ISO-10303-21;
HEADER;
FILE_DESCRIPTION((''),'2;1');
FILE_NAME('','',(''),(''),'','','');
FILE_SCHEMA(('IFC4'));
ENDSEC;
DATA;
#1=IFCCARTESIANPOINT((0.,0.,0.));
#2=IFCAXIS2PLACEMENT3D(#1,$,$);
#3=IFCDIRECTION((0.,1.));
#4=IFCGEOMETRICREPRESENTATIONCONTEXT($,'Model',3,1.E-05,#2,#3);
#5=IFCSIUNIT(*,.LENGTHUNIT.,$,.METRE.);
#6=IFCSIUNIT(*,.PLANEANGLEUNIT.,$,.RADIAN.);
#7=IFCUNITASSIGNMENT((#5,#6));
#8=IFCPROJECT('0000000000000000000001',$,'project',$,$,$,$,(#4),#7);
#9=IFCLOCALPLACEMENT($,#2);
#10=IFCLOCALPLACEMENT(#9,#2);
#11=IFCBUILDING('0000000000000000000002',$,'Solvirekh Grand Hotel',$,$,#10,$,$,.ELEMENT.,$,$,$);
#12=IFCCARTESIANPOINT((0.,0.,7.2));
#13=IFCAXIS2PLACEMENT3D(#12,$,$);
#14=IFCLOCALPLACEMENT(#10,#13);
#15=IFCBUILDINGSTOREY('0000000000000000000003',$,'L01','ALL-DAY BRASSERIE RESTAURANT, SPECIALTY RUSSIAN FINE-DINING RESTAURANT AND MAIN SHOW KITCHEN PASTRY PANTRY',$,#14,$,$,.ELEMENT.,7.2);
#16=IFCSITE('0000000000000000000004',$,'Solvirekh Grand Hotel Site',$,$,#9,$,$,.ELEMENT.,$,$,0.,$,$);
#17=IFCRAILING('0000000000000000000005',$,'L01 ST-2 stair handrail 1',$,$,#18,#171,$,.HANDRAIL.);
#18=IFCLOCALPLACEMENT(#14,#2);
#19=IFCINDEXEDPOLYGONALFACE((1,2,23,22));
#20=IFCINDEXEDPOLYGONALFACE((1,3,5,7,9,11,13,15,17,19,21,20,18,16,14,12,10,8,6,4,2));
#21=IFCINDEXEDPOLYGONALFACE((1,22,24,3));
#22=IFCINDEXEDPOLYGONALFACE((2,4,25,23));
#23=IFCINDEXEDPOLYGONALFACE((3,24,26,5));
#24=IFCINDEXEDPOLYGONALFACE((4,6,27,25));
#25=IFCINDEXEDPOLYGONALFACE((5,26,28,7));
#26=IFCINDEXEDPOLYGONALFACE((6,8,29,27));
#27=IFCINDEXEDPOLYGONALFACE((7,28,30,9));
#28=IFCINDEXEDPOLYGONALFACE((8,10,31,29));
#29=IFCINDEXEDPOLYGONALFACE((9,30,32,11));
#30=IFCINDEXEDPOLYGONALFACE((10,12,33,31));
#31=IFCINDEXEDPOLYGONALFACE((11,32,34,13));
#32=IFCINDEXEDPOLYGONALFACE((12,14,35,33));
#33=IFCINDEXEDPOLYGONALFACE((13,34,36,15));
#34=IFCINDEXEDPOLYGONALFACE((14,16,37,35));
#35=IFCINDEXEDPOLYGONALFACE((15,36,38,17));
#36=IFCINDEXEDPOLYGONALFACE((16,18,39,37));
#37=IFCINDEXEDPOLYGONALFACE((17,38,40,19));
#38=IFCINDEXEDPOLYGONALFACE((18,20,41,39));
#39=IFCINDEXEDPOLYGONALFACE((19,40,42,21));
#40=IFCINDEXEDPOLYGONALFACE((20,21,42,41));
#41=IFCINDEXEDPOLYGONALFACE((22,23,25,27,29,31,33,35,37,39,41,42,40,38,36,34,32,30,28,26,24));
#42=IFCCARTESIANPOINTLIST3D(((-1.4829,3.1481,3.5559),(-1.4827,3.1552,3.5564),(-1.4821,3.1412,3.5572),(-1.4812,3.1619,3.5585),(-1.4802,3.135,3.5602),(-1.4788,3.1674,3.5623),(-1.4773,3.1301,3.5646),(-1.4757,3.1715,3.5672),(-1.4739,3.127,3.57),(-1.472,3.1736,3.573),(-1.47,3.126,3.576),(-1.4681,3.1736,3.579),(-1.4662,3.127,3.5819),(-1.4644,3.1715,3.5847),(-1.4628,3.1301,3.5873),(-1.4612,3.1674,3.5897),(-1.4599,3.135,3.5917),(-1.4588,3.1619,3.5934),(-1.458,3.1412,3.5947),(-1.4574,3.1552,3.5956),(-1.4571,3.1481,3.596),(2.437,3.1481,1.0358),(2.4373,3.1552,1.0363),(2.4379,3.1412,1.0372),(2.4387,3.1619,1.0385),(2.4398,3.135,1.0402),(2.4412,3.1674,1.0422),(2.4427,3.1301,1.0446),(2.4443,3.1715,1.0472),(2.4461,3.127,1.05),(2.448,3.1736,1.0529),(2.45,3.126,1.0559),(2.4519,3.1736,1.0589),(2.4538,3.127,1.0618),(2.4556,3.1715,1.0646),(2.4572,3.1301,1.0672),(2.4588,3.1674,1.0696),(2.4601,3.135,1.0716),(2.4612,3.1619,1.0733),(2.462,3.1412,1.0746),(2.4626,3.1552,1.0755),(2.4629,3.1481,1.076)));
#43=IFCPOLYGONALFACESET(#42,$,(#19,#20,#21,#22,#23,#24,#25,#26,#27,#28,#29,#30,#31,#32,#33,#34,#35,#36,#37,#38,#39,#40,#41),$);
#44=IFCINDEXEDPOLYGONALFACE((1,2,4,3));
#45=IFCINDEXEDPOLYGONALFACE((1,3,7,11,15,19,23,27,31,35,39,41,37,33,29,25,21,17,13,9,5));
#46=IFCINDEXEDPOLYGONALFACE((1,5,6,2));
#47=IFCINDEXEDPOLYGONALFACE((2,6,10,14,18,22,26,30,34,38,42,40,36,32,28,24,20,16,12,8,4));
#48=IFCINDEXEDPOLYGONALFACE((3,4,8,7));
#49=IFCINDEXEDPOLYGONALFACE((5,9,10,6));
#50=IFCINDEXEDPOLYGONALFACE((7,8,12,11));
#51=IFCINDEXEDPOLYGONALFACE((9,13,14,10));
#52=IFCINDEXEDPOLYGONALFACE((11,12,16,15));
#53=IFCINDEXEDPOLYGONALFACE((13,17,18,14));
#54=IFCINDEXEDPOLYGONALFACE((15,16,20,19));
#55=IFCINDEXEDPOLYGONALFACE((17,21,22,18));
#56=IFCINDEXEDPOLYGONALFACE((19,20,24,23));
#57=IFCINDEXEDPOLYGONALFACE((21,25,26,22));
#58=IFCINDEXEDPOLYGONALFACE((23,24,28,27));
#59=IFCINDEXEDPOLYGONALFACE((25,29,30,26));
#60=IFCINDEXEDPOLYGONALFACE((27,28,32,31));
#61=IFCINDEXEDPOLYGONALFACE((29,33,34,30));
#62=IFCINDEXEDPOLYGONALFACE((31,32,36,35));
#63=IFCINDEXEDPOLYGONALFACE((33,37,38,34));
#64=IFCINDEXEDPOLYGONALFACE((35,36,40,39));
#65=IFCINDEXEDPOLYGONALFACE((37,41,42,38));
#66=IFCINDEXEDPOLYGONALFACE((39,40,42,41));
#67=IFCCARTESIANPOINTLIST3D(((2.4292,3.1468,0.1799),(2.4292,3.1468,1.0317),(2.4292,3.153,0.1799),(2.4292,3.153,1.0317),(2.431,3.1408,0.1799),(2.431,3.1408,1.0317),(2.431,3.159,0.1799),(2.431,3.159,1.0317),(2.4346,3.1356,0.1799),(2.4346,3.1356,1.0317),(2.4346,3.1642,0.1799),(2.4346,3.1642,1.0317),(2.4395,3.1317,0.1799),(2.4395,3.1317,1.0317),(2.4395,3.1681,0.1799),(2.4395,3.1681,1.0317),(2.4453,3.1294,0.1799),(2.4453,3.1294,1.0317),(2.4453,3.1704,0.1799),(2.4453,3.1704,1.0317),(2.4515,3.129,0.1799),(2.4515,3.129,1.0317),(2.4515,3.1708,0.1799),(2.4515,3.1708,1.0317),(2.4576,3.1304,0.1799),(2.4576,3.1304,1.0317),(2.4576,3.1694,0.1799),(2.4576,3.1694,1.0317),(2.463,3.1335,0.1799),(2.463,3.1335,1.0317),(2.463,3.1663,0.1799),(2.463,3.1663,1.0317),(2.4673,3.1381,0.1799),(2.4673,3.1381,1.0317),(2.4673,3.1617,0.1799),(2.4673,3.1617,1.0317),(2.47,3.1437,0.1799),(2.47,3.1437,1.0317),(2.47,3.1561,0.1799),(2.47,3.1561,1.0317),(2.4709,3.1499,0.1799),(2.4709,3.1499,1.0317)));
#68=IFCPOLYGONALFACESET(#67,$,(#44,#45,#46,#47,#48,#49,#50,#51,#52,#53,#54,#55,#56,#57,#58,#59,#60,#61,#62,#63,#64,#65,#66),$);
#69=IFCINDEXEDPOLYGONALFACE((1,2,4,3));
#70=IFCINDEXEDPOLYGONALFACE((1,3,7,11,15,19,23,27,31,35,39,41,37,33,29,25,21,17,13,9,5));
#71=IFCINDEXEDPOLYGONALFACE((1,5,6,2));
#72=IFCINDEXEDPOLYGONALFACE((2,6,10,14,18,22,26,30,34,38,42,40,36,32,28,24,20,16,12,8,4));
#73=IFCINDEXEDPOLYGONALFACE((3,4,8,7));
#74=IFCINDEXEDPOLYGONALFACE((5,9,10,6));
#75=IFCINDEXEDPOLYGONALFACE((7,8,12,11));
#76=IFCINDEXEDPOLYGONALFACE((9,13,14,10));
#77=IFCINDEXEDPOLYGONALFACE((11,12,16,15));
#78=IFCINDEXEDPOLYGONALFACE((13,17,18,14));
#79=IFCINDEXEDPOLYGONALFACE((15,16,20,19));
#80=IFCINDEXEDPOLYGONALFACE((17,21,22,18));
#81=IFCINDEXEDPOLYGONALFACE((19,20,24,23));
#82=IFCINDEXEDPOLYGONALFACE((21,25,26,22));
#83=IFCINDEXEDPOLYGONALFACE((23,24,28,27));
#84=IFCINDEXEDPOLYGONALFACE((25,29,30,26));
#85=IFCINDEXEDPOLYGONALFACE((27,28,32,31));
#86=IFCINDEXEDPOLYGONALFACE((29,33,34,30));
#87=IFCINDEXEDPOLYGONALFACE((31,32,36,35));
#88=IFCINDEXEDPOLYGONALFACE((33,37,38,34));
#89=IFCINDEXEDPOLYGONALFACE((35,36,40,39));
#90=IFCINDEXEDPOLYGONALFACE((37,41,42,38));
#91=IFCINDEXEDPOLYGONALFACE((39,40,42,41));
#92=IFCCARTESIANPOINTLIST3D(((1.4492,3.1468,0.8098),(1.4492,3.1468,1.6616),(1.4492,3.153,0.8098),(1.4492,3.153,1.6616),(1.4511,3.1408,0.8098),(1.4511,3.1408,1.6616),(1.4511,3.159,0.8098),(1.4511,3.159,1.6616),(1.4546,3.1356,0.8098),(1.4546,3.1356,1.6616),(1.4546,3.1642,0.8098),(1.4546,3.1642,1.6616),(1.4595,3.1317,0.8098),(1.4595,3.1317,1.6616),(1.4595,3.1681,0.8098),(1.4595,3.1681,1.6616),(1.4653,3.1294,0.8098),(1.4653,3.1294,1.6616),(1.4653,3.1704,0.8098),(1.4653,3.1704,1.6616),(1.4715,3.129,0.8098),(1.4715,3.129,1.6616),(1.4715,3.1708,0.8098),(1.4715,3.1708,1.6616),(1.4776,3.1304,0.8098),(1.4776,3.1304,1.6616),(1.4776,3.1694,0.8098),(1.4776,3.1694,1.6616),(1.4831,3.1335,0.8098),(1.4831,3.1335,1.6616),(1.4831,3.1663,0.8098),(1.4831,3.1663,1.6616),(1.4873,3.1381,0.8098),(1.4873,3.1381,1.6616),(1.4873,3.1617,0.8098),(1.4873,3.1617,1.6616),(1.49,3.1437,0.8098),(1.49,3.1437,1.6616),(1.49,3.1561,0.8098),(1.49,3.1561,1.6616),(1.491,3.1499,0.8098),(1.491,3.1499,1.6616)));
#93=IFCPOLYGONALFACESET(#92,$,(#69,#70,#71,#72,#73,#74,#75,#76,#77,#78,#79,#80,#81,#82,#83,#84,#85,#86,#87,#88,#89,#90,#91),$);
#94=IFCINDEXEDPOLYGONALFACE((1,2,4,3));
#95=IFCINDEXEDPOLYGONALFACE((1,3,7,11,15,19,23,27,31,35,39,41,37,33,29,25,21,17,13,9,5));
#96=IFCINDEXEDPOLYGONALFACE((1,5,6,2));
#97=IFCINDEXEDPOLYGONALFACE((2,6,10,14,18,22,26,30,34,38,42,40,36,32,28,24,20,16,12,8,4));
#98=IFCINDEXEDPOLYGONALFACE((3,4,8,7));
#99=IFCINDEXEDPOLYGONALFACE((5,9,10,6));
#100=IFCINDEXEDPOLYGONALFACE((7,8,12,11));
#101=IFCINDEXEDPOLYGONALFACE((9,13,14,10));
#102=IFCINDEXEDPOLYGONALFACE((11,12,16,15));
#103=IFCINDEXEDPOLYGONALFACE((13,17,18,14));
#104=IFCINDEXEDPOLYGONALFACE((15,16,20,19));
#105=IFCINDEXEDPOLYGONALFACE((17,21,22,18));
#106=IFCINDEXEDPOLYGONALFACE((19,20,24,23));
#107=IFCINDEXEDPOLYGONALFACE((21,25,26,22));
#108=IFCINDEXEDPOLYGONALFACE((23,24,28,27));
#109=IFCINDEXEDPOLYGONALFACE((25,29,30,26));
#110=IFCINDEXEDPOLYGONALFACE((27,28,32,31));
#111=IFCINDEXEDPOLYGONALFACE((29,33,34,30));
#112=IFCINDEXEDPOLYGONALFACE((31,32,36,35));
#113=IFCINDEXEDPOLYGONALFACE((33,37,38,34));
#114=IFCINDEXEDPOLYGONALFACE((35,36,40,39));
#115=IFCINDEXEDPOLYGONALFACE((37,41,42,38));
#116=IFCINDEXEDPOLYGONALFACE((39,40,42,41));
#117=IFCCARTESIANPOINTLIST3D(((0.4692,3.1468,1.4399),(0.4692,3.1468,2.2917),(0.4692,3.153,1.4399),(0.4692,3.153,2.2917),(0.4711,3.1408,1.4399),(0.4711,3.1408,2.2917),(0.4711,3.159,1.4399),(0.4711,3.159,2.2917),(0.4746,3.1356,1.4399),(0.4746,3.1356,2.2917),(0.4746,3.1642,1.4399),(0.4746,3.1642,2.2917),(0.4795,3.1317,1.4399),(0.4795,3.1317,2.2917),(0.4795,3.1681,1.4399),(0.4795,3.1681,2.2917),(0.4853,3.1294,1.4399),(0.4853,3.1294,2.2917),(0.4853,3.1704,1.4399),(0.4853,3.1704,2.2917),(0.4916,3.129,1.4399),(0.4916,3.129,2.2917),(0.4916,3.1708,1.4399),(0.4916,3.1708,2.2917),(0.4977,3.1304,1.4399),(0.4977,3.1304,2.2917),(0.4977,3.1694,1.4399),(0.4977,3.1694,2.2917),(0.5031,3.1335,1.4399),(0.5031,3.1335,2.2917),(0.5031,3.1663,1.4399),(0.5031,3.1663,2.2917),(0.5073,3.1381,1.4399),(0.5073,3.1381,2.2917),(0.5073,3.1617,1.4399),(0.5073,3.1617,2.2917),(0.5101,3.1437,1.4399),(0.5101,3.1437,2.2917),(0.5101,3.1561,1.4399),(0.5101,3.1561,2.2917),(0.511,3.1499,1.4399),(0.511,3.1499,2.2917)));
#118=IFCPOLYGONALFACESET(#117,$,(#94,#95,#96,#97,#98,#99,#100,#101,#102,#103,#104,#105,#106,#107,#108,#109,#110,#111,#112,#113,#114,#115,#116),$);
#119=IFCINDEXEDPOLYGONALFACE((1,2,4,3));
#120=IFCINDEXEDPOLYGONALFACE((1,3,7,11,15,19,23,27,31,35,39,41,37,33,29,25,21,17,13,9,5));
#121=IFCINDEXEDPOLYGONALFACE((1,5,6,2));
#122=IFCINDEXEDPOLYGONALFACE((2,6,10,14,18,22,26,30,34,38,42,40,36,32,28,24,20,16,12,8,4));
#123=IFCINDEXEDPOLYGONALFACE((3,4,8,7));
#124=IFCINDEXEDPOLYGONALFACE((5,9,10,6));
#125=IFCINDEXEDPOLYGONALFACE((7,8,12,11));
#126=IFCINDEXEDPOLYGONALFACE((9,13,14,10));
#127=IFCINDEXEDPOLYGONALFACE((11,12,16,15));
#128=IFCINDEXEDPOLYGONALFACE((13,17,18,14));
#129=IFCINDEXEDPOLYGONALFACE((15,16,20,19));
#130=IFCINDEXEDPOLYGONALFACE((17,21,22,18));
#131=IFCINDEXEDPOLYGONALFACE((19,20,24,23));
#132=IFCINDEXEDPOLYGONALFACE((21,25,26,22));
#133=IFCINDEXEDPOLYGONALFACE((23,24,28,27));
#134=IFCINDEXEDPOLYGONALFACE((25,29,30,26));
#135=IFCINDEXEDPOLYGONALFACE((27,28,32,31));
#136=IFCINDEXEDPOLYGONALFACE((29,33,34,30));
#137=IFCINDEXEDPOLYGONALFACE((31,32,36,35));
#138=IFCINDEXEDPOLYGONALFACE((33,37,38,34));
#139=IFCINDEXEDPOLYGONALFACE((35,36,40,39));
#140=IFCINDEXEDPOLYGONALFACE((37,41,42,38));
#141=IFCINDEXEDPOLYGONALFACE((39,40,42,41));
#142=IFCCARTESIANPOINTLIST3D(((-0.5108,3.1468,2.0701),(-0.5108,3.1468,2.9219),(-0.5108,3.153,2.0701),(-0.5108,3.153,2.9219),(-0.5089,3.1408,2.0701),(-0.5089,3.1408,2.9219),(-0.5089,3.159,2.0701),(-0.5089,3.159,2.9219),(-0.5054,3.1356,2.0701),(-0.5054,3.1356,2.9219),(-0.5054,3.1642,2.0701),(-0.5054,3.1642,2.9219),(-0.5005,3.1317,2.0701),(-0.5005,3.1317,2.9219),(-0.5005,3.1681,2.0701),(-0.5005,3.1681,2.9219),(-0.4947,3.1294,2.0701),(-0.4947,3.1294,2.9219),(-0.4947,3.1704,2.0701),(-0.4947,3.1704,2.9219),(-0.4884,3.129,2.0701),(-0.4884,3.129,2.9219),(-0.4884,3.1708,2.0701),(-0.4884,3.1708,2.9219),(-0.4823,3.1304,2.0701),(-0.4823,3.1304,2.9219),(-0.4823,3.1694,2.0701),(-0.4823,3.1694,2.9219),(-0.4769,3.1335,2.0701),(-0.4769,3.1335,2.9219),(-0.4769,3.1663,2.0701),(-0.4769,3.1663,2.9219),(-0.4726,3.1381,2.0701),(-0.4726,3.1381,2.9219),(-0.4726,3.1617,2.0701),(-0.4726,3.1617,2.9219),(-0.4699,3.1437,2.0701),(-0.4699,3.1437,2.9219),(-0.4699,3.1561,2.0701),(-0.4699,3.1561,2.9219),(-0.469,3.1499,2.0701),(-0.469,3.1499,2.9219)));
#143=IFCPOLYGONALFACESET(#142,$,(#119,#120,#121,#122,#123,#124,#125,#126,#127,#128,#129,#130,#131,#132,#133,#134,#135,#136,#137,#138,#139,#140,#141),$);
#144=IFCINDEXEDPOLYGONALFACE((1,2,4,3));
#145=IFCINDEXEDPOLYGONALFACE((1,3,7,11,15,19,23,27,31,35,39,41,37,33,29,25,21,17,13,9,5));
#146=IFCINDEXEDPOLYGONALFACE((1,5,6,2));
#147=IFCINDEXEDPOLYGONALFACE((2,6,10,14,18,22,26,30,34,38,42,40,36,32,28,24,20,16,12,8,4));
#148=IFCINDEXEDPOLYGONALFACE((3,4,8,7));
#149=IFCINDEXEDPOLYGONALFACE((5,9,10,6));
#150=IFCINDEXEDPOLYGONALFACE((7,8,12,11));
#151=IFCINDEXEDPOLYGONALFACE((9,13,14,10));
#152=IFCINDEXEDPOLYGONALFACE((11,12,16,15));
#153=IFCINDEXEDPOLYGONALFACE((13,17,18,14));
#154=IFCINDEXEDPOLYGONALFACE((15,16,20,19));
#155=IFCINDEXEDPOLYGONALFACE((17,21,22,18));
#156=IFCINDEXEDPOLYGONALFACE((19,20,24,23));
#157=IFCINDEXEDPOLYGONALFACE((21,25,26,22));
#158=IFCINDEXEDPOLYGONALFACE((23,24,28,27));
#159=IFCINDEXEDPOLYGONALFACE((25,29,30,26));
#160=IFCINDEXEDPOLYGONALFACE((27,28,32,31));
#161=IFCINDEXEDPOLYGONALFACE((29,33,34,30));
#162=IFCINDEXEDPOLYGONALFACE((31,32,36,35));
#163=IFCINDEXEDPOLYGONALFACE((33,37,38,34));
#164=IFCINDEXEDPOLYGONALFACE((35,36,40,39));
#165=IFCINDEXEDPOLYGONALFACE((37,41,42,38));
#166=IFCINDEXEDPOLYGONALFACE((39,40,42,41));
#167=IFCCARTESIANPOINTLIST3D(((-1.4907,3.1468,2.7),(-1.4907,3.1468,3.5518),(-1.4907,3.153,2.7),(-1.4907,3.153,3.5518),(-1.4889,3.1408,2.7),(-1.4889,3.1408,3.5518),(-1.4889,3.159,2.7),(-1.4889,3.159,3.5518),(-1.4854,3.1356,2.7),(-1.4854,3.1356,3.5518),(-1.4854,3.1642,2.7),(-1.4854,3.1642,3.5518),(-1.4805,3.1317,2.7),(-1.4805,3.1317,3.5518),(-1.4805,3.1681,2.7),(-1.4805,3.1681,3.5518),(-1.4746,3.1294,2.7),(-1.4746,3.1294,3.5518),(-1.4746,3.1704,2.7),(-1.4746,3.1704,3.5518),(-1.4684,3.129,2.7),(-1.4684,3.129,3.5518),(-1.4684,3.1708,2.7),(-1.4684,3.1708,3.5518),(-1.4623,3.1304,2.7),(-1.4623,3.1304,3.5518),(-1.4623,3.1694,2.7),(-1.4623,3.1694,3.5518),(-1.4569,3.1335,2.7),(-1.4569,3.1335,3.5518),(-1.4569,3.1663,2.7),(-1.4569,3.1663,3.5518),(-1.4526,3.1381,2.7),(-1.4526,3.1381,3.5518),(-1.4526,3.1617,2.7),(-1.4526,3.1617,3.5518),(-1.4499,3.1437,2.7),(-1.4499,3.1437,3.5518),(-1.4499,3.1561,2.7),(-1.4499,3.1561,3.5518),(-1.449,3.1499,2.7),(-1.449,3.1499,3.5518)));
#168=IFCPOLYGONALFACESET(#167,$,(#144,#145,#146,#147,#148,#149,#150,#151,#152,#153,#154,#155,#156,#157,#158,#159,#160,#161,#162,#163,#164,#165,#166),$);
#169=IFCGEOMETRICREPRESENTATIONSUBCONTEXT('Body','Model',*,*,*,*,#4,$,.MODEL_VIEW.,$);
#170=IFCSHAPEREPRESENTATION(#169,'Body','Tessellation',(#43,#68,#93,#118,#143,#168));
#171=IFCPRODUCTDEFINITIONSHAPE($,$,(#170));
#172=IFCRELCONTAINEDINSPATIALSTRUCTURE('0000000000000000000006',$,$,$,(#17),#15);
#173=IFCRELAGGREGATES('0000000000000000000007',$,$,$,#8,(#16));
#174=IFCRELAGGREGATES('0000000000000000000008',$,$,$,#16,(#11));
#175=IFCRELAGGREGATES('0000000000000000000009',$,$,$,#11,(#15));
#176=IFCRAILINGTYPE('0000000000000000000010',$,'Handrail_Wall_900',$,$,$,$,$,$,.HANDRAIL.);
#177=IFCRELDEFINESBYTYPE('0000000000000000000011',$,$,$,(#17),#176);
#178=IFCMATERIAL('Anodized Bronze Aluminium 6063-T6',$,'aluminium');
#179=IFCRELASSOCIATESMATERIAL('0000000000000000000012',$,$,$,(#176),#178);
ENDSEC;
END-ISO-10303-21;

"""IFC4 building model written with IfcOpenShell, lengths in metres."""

from ifc_helpers import new_model, si_unit, direction, frame, origin, origin_2d, place, context, subcontext, project, spatial, circle, extrude, material, type_object, element, save


model = new_model("IFC4")

# Units and contexts
model_context = context("Model", 3, precision=1e-05, world=origin(), true_north=direction((0.0, 1.0)))
body_context = subcontext(model_context, "Body", "Model", "MODEL_VIEW")
ifc_project = project(units=[si_unit("LENGTHUNIT", "METRE"), si_unit("PLANEANGLEUNIT", "RADIAN")], contexts=[model_context])

# Site, building, storey
site_placement = place(None, origin())
site = spatial("IfcSite", under=ifc_project, at=site_placement, Name="Solvirekh Grand Hotel Site", CompositionType="ELEMENT", RefElevation=0.0)
building_placement = place(site_placement, origin())
building = spatial("IfcBuilding", under=site, at=building_placement, Name="Solvirekh Grand Hotel", CompositionType="ELEMENT")
storey_placement = place(building_placement, frame((0.0, 0.0, 7.2)))
storey = spatial("IfcBuildingStorey", under=building, at=storey_placement, Name="L01", Description="ALL-DAY BRASSERIE RESTAURANT, SPECIALTY RUSSIAN FINE-DINING RESTAURANT AND MAIN SHOW KITCHEN PASTRY PANTRY", CompositionType="ELEMENT", Elevation=7.2)

# Railing
ifc_material_1 = material(Name="Anodized Bronze Aluminium 6063-T6", Category="aluminium")
railing_type_1 = type_object("IfcRailingType", Name="Handrail_Wall_900", PredefinedType="HANDRAIL", material=ifc_material_1)
railing_1_placement = place(storey_placement, frame((2.45, 3.1499, 0.1799)))
element("IfcRailing", 1, at=railing_1_placement, inside=storey, type_object=railing_type_1, Name="L01 ST-2 stair handrail 1", PredefinedType="HANDRAIL", context=body_context, shape_type="SweptSolid", body=[
    extrude(circle(Radius=0.0239, at=origin_2d()), frame((0.0, 0.0, 0.876), z_axis=(-0.841172, 0.0, 0.540768), x_axis=(0.0, -1.0, 0.0)), (0.0, 0.0, 1.0), 4.6602),
    extrude(circle(Radius=0.021, at=origin_2d()), origin(), (0.0, 0.0, 1.0), 0.8518),
    extrude(circle(Radius=0.021, at=origin_2d()), frame((-0.98, 0.0, 0.6299)), (0.0, 0.0, 1.0), 0.8518),
    extrude(circle(Radius=0.021, at=origin_2d()), frame((-1.96, 0.0, 1.26)), (0.0, 0.0, 1.0), 0.8518),
    extrude(circle(Radius=0.021, at=origin_2d()), frame((-2.9399, 0.0, 1.8901)), (0.0, 0.0, 1.0), 0.8518),
    extrude(circle(Radius=0.021, at=origin_2d()), frame((-3.9199, 0.0, 2.52)), (0.0, 0.0, 1.0), 0.8518),
])

save(model, "model.ifc")
